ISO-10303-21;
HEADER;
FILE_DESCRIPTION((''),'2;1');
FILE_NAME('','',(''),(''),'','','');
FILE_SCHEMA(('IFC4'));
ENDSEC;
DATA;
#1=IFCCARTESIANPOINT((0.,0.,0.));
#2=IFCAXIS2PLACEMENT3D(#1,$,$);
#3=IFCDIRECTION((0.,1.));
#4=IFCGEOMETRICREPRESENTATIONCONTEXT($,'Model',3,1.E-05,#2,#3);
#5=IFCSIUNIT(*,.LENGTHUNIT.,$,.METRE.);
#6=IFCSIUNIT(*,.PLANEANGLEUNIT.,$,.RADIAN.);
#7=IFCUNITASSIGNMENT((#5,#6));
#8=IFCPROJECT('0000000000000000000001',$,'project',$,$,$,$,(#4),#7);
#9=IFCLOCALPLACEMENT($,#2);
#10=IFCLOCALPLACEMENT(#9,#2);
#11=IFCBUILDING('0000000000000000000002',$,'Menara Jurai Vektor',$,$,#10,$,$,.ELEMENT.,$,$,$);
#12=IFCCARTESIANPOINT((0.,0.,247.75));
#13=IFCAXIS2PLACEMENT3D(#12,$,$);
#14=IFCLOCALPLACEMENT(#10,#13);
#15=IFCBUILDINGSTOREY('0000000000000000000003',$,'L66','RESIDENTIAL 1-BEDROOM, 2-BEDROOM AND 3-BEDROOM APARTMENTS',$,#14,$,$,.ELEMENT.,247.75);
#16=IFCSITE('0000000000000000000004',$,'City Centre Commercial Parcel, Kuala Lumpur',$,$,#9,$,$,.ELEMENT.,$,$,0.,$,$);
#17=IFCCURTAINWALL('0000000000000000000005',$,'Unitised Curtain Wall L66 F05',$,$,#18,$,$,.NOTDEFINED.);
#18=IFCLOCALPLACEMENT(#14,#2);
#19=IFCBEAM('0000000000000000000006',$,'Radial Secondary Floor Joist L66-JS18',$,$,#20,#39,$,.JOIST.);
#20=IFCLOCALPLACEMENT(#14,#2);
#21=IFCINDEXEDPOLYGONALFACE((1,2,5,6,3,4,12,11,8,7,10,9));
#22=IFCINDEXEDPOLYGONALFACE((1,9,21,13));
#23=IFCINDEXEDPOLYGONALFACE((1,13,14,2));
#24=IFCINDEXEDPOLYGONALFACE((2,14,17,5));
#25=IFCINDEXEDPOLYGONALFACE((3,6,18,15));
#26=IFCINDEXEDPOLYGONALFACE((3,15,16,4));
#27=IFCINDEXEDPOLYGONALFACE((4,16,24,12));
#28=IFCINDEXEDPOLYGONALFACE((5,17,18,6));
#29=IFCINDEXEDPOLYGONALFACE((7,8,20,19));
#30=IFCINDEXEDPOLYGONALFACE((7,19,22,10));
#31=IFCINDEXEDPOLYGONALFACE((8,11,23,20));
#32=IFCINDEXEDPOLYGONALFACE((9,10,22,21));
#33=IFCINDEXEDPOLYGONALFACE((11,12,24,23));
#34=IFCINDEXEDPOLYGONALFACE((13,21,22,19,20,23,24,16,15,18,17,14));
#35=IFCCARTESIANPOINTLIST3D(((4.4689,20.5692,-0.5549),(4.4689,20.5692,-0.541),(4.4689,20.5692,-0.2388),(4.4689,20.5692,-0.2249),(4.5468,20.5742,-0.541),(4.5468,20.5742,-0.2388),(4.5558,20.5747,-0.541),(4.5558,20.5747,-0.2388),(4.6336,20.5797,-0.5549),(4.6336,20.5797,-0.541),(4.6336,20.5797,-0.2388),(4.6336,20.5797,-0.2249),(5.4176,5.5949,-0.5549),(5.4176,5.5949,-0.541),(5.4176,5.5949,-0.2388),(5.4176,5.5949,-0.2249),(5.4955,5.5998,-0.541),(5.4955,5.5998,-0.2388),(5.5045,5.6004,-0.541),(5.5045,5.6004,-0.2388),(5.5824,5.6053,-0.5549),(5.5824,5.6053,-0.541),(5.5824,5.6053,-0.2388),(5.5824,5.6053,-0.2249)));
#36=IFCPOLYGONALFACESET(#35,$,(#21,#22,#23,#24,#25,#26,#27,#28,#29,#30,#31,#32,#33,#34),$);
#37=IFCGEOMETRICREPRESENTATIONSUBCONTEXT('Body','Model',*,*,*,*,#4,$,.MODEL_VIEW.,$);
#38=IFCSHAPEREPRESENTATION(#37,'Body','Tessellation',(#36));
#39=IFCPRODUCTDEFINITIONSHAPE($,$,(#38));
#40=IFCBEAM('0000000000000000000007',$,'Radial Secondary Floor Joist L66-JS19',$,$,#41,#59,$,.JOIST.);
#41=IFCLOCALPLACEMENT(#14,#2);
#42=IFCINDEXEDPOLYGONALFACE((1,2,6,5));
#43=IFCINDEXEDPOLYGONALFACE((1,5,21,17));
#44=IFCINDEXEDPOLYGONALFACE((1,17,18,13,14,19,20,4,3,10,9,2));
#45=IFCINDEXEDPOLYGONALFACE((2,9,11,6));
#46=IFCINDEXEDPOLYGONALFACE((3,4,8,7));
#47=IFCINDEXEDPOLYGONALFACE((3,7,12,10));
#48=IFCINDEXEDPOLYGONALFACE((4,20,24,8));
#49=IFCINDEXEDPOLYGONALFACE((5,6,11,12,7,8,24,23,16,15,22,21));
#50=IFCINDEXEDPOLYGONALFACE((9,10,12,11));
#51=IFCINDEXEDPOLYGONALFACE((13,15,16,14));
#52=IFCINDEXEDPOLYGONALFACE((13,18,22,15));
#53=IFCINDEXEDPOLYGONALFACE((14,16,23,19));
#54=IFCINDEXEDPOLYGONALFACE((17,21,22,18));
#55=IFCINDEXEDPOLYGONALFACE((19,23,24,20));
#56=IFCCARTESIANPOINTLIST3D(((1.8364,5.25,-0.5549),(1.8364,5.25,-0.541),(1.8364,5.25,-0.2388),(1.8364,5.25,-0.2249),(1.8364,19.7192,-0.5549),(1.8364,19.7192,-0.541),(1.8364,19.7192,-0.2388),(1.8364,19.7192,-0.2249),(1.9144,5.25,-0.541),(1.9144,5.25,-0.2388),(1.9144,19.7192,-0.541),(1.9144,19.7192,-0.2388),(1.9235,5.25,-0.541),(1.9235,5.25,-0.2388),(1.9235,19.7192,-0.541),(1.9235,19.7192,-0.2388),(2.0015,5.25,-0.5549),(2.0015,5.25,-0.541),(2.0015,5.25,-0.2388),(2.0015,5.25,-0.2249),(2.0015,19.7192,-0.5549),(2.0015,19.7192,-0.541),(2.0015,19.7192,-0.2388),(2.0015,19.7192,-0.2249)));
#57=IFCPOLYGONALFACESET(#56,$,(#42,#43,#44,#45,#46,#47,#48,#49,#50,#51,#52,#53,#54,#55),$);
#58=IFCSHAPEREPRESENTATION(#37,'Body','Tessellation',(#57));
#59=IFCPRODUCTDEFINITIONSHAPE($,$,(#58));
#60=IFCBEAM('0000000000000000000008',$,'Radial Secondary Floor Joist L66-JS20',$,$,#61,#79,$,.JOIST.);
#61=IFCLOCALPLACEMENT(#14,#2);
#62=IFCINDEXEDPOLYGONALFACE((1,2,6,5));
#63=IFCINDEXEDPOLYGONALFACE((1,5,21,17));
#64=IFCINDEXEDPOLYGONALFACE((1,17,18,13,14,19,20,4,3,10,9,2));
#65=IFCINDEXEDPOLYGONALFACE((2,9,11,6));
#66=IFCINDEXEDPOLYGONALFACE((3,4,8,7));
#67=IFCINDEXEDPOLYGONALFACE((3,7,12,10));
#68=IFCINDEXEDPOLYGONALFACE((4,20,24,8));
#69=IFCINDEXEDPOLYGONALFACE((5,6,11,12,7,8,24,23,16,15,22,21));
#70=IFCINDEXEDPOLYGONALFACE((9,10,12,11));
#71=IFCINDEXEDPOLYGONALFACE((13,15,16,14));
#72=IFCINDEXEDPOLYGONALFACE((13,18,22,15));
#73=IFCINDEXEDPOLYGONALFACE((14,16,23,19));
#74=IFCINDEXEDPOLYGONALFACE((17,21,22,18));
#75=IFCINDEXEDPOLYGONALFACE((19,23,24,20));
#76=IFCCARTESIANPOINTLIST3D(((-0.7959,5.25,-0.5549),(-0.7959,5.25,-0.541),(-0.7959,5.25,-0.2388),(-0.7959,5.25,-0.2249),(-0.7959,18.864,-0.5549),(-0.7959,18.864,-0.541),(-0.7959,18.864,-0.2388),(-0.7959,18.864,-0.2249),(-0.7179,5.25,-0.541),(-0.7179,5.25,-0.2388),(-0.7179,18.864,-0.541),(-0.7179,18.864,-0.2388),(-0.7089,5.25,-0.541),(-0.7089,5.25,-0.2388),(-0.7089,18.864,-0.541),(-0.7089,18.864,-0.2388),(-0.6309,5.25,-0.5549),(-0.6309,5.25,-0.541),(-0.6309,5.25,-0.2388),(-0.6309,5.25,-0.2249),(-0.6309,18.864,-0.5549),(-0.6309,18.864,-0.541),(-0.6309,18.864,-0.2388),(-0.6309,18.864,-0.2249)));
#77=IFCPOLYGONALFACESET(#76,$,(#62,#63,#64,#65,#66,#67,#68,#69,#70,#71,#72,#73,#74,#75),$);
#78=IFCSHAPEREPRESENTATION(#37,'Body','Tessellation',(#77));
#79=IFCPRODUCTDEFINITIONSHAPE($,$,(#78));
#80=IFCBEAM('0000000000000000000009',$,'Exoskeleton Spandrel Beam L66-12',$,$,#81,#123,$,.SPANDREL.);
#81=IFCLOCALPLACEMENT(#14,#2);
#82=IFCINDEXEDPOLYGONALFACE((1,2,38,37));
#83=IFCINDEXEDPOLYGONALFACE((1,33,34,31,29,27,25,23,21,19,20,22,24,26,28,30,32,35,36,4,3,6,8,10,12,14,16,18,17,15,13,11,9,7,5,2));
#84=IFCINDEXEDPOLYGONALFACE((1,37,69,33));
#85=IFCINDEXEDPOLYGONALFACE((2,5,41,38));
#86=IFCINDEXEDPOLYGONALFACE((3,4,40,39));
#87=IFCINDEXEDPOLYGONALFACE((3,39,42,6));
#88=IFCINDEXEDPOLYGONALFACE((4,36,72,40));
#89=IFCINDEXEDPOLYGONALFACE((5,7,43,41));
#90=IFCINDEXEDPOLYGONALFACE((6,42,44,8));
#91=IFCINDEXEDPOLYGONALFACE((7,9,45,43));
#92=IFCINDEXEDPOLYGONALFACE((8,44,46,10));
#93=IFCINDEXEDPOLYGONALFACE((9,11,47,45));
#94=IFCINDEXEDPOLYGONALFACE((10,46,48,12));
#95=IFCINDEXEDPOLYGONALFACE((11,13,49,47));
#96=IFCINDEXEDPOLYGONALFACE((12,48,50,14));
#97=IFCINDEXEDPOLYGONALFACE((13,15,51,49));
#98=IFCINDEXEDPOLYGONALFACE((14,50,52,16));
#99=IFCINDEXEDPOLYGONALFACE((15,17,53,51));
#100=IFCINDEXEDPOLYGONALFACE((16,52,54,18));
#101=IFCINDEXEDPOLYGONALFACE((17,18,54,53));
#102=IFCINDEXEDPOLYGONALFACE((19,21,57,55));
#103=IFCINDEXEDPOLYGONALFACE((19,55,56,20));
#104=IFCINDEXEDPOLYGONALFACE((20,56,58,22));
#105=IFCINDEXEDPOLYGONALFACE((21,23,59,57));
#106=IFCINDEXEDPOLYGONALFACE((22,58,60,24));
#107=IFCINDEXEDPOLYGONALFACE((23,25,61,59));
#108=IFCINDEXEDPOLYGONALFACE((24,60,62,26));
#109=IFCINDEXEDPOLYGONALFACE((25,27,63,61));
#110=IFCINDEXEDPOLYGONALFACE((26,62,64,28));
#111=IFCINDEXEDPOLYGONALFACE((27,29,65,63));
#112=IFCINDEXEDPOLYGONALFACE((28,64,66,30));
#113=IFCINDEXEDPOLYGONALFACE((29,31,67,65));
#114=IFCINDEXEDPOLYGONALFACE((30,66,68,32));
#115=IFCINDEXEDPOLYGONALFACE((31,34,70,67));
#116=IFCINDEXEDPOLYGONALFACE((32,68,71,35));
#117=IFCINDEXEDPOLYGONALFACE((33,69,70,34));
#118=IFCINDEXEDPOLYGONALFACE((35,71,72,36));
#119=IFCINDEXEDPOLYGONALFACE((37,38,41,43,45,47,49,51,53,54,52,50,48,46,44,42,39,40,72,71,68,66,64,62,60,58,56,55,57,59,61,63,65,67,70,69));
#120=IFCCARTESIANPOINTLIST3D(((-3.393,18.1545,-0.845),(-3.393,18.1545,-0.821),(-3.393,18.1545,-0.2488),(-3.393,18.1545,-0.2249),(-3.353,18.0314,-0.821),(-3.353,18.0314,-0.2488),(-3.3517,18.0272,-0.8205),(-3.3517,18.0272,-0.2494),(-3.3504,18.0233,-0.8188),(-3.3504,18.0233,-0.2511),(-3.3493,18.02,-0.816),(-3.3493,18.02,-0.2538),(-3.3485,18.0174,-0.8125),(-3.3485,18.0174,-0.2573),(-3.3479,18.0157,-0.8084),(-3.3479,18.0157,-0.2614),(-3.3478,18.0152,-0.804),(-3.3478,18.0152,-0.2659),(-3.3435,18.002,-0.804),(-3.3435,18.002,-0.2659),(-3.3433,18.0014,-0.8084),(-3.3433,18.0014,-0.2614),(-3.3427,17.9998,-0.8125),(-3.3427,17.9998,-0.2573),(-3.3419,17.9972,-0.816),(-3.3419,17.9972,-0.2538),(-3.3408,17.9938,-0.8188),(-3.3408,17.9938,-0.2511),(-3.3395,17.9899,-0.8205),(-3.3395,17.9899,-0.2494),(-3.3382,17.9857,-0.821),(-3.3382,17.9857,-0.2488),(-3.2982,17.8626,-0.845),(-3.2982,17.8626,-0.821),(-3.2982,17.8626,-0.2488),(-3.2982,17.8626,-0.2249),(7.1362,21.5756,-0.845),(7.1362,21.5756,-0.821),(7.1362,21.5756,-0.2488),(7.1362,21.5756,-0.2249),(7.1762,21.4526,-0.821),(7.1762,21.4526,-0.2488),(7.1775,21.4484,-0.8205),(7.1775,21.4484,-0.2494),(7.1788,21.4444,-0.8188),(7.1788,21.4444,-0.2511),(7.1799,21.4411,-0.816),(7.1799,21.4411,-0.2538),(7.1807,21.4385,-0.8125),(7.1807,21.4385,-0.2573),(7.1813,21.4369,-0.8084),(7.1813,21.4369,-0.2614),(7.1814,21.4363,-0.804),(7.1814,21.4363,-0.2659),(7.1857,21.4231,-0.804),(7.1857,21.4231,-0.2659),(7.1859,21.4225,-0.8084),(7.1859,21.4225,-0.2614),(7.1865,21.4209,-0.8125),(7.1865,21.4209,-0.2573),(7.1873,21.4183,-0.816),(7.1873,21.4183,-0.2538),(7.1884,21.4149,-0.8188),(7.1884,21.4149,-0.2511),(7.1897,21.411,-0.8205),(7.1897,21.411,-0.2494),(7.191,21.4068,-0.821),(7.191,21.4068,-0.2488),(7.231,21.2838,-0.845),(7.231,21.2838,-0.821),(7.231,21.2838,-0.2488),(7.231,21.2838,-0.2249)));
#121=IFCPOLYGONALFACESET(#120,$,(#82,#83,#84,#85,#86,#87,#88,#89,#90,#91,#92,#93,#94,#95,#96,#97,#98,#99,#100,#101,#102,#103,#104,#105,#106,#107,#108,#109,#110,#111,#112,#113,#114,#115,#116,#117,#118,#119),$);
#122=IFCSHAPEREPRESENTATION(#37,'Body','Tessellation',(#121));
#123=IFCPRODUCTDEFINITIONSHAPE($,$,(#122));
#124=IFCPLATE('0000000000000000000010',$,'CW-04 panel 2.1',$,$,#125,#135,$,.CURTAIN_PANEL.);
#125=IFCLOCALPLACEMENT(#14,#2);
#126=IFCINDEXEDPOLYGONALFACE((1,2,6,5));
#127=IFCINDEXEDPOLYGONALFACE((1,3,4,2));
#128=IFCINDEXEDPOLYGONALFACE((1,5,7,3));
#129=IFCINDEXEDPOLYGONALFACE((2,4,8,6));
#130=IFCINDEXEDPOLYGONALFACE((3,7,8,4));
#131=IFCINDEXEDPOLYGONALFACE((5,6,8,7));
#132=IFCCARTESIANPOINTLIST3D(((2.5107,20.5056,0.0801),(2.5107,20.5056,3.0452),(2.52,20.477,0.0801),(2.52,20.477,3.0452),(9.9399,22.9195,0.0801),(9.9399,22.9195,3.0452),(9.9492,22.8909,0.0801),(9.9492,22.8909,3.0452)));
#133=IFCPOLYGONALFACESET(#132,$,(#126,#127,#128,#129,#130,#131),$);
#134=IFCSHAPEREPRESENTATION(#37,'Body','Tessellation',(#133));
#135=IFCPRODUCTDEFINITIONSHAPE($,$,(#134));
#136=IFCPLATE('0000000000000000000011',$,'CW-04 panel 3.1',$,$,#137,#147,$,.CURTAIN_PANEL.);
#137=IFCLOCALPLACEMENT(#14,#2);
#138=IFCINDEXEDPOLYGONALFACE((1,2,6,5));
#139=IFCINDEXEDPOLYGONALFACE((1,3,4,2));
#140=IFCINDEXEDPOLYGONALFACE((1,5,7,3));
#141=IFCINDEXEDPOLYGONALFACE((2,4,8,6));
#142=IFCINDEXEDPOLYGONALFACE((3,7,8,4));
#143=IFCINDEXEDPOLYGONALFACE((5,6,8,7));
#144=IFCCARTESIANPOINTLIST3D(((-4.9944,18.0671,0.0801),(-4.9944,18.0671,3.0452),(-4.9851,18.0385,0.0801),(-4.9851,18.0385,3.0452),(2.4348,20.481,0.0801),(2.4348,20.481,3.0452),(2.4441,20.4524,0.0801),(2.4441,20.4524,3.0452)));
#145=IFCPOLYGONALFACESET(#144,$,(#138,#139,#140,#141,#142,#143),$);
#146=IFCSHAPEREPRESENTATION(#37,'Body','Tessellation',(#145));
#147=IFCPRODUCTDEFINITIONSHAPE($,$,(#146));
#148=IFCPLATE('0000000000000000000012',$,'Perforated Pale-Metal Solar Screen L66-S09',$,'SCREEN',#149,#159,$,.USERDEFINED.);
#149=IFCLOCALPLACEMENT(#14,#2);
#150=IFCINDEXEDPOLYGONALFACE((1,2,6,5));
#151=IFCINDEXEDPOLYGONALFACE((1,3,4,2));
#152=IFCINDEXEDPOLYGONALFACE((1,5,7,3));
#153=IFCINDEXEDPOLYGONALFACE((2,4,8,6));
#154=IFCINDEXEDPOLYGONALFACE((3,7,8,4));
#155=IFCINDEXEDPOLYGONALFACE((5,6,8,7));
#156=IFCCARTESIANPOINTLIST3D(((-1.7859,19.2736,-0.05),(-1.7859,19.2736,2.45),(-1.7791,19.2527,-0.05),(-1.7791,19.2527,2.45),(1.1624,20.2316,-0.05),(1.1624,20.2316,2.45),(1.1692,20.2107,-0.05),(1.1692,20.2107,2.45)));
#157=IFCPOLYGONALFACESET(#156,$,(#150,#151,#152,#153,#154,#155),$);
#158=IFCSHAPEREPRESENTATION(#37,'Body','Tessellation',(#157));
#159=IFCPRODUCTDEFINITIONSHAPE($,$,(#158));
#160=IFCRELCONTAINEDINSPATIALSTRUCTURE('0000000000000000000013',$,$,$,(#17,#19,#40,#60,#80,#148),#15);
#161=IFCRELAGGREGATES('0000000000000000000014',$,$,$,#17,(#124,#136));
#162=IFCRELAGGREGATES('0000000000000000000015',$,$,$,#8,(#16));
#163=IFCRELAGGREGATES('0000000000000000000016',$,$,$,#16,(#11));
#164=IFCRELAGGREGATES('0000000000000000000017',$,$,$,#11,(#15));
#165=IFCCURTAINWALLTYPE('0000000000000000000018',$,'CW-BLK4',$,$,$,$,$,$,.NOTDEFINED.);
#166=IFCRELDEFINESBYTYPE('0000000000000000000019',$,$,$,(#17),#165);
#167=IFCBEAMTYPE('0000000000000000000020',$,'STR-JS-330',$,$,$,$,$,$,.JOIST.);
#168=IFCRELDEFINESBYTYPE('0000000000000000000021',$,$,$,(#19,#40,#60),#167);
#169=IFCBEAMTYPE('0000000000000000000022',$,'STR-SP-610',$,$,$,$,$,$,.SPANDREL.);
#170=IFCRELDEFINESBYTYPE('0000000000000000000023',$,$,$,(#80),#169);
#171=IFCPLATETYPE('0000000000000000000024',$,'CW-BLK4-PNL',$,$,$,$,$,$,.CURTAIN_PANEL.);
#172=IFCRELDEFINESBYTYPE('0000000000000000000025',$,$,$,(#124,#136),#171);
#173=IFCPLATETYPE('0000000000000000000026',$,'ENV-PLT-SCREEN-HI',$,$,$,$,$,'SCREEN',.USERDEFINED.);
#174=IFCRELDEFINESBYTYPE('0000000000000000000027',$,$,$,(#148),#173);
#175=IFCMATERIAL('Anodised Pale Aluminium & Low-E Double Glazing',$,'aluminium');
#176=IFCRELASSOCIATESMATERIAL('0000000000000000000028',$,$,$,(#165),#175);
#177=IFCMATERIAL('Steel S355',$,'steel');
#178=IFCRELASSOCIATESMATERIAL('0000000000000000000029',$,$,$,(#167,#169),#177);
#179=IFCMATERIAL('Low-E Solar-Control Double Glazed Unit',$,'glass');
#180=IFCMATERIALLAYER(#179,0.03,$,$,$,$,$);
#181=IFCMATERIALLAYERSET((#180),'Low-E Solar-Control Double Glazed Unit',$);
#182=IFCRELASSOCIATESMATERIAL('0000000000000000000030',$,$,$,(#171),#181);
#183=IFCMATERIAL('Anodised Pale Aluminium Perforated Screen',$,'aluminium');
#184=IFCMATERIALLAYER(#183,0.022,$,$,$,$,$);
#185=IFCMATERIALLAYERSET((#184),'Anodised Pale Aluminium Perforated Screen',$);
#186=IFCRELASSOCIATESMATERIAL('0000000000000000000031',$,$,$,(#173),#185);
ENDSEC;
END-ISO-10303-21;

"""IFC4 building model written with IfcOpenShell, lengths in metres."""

from ifc_helpers import new_model, si_unit, direction, frame, origin, origin_2d, place, context, subcontext, project, spatial, rectangle, i_section, extrude, material, layer, layer_set, material_profile, profile_set, type_object, element, aggregate, save


model = new_model("IFC4")

# Units and contexts
model_context = context("Model", 3, precision=1e-05, world=origin(), true_north=direction((0.0, 1.0)))
body_context = subcontext(model_context, "Body", "Model", "MODEL_VIEW")
ifc_project = project(units=[si_unit("LENGTHUNIT", "METRE"), si_unit("PLANEANGLEUNIT", "RADIAN")], contexts=[model_context])

# Site, building, storey
site_placement = place(None, origin())
site = spatial("IfcSite", under=ifc_project, at=site_placement, Name="City Centre Commercial Parcel, Kuala Lumpur", CompositionType="ELEMENT", RefElevation=0.0)
building_placement = place(site_placement, origin())
building = spatial("IfcBuilding", under=site, at=building_placement, Name="Menara Jurai Vektor", CompositionType="ELEMENT")
storey_placement = place(building_placement, frame((0.0, 0.0, 247.75)))
storey = spatial("IfcBuildingStorey", under=building, at=storey_placement, Name="L66", Description="RESIDENTIAL 1-BEDROOM, 2-BEDROOM AND 3-BEDROOM APARTMENTS", CompositionType="ELEMENT", Elevation=247.75)

# Curtain wall
ifc_material_1 = material(Name="Anodised Pale Aluminium & Low-E Double Glazing", Category="aluminium")
curtain_wall_type = type_object("IfcCurtainWallType", Name="CW-BLK4", PredefinedType="NOTDEFINED", material=ifc_material_1)
curtain_wall_placement = place(storey_placement, origin())
curtain_wall = element("IfcCurtainWall", 1, at=curtain_wall_placement, inside=storey, type_object=curtain_wall_type, Name="Unitised Curtain Wall L66 F05", PredefinedType="NOTDEFINED")

# Beams
ifc_material_2 = material(Name="Steel S355", Category="steel")
ifc_material_profile_1 = material_profile(ifc_material_2, i_section(OverallWidth=0.165, OverallDepth=0.3301, WebThickness=0.009, FlangeThickness=0.0139, at=origin_2d()), Name="PG 330x165x46")
ifc_profile_set_1 = profile_set([ifc_material_profile_1], Name="Steel S355")
beam_type_1 = type_object("IfcBeamType", Name="STR-JS-330", PredefinedType="JOIST", material=ifc_profile_set_1)
beam_1_placement = place(storey_placement, frame((4.5513, 20.5745, -0.3899), z_axis=(0.06323, -0.997999, 0.0), x_axis=(0.997999, 0.06323, 0.0)))
element("IfcBeam", 2, at=beam_1_placement, inside=storey, type_object=beam_type_1, Name="Radial Secondary Floor Joist L66-JS18", PredefinedType="JOIST", context=body_context, shape_type="SweptSolid", body=[
    extrude(i_section(OverallWidth=0.165, OverallDepth=0.3301, WebThickness=0.009, FlangeThickness=0.0139, at=origin_2d()), origin(), (0.0, 0.0, 1.0), 15.0044),
])
beam_2_placement = place(storey_placement, frame((1.9189, 19.7192, -0.3899), z_axis=(0.0, -1.0, 0.0), x_axis=(1.0, 0.0, 0.0)))
element("IfcBeam", 3, at=beam_2_placement, inside=storey, type_object=beam_type_1, Name="Radial Secondary Floor Joist L66-JS19", PredefinedType="JOIST", context=body_context, shape_type="SweptSolid", body=[
    extrude(i_section(OverallWidth=0.165, OverallDepth=0.3301, WebThickness=0.009, FlangeThickness=0.0139, at=origin_2d()), origin(), (0.0, 0.0, 1.0), 14.4692),
])
beam_3_placement = place(storey_placement, frame((-0.7134, 18.864, -0.3899), z_axis=(0.0, -1.0, 0.0), x_axis=(1.0, 0.0, 0.0)))
element("IfcBeam", 4, at=beam_3_placement, inside=storey, type_object=beam_type_1, Name="Radial Secondary Floor Joist L66-JS20", PredefinedType="JOIST", context=body_context, shape_type="SweptSolid", body=[
    extrude(i_section(OverallWidth=0.165, OverallDepth=0.3301, WebThickness=0.009, FlangeThickness=0.0139, at=origin_2d()), origin(), (0.0, 0.0, 1.0), 13.614),
])
ifc_material_profile_2 = material_profile(ifc_material_2, i_section(OverallWidth=0.3069, OverallDepth=0.6201, WebThickness=0.0139, FlangeThickness=0.0239, FilletRadius=0.0171, at=origin_2d()), Name="UKB 610x305x179")
ifc_profile_set_2 = profile_set([ifc_material_profile_2], Name="Steel S355")
beam_type_2 = type_object("IfcBeamType", Name="STR-SP-610", PredefinedType="SPANDREL", material=ifc_profile_set_2)
beam_4_placement = place(storey_placement, frame((7.1836, 21.4297, -0.5349), z_axis=(-0.951057, -0.309014, 0.0), x_axis=(0.309014, -0.951057, 0.0)))
element("IfcBeam", 5, at=beam_4_placement, inside=storey, type_object=beam_type_2, Name="Exoskeleton Spandrel Beam L66-12", PredefinedType="SPANDREL", context=body_context, shape_type="SweptSolid", body=[
    extrude(i_section(OverallWidth=0.3069, OverallDepth=0.6201, WebThickness=0.0139, FlangeThickness=0.0239, FilletRadius=0.0171, at=origin_2d()), origin(), (0.0, 0.0, 1.0), 11.071),
])

# Plates
ifc_material_3 = material(Name="Low-E Solar-Control Double Glazed Unit", Category="glass")
ifc_layer_1 = layer(ifc_material_3, 0.03)
ifc_layer_set_1 = layer_set([ifc_layer_1], Name="Low-E Solar-Control Double Glazed Unit")
plate_type_1 = type_object("IfcPlateType", Name="CW-BLK4-PNL", PredefinedType="CURTAIN_PANEL", material=ifc_layer_set_1)
plate_1_placement = place(storey_placement, frame((6.23, 21.6982, 0.0801), z_axis=(0.0, 0.0, 1.0), x_axis=(-0.951056, -0.309017, 0.0)))
plate_1 = element("IfcPlate", 6, at=plate_1_placement, type_object=plate_type_1, Name="CW-04 panel 2.1", PredefinedType="CURTAIN_PANEL", context=body_context, shape_type="SweptSolid", body=[
    extrude(rectangle(XDim=7.8115, YDim=0.03, at=origin_2d()), origin(), (0.0, 0.0, 1.0), 2.9651),
])
plate_2_placement = place(storey_placement, frame((-1.2751, 19.2598, 0.0801), z_axis=(0.0, 0.0, 1.0), x_axis=(-0.951056, -0.309017, 0.0)))
plate_2 = element("IfcPlate", 7, at=plate_2_placement, type_object=plate_type_1, Name="CW-04 panel 3.1", PredefinedType="CURTAIN_PANEL", context=body_context, shape_type="SweptSolid", body=[
    extrude(rectangle(XDim=7.8115, YDim=0.03, at=origin_2d()), origin(), (0.0, 0.0, 1.0), 2.9651),
])
aggregate(curtain_wall, [plate_1, plate_2])
ifc_material_4 = material(Name="Anodised Pale Aluminium Perforated Screen", Category="aluminium")
ifc_layer_2 = layer(ifc_material_4, 0.022)
ifc_layer_set_2 = layer_set([ifc_layer_2], Name="Anodised Pale Aluminium Perforated Screen")
plate_type_2 = type_object("IfcPlateType", Name="ENV-PLT-SCREEN-HI", ElementType="SCREEN", PredefinedType="USERDEFINED", material=ifc_layer_set_2)
plate_3_placement = place(storey_placement, frame((-0.3083, 19.7422, -0.05), z_axis=(0.0, 0.0, 1.0), x_axis=(-0.951057, -0.309017, 0.0)))
element("IfcPlate", 8, at=plate_3_placement, inside=storey, type_object=plate_type_2, Name="Perforated Pale-Metal Solar Screen L66-S09", ObjectType="SCREEN", PredefinedType="USERDEFINED", context=body_context, shape_type="SweptSolid", body=[
    extrude(rectangle(XDim=3.1001, YDim=0.022, at=origin_2d()), origin(), (0.0, 0.0, 1.0), 2.5),
])

save(model, "model.ifc")
